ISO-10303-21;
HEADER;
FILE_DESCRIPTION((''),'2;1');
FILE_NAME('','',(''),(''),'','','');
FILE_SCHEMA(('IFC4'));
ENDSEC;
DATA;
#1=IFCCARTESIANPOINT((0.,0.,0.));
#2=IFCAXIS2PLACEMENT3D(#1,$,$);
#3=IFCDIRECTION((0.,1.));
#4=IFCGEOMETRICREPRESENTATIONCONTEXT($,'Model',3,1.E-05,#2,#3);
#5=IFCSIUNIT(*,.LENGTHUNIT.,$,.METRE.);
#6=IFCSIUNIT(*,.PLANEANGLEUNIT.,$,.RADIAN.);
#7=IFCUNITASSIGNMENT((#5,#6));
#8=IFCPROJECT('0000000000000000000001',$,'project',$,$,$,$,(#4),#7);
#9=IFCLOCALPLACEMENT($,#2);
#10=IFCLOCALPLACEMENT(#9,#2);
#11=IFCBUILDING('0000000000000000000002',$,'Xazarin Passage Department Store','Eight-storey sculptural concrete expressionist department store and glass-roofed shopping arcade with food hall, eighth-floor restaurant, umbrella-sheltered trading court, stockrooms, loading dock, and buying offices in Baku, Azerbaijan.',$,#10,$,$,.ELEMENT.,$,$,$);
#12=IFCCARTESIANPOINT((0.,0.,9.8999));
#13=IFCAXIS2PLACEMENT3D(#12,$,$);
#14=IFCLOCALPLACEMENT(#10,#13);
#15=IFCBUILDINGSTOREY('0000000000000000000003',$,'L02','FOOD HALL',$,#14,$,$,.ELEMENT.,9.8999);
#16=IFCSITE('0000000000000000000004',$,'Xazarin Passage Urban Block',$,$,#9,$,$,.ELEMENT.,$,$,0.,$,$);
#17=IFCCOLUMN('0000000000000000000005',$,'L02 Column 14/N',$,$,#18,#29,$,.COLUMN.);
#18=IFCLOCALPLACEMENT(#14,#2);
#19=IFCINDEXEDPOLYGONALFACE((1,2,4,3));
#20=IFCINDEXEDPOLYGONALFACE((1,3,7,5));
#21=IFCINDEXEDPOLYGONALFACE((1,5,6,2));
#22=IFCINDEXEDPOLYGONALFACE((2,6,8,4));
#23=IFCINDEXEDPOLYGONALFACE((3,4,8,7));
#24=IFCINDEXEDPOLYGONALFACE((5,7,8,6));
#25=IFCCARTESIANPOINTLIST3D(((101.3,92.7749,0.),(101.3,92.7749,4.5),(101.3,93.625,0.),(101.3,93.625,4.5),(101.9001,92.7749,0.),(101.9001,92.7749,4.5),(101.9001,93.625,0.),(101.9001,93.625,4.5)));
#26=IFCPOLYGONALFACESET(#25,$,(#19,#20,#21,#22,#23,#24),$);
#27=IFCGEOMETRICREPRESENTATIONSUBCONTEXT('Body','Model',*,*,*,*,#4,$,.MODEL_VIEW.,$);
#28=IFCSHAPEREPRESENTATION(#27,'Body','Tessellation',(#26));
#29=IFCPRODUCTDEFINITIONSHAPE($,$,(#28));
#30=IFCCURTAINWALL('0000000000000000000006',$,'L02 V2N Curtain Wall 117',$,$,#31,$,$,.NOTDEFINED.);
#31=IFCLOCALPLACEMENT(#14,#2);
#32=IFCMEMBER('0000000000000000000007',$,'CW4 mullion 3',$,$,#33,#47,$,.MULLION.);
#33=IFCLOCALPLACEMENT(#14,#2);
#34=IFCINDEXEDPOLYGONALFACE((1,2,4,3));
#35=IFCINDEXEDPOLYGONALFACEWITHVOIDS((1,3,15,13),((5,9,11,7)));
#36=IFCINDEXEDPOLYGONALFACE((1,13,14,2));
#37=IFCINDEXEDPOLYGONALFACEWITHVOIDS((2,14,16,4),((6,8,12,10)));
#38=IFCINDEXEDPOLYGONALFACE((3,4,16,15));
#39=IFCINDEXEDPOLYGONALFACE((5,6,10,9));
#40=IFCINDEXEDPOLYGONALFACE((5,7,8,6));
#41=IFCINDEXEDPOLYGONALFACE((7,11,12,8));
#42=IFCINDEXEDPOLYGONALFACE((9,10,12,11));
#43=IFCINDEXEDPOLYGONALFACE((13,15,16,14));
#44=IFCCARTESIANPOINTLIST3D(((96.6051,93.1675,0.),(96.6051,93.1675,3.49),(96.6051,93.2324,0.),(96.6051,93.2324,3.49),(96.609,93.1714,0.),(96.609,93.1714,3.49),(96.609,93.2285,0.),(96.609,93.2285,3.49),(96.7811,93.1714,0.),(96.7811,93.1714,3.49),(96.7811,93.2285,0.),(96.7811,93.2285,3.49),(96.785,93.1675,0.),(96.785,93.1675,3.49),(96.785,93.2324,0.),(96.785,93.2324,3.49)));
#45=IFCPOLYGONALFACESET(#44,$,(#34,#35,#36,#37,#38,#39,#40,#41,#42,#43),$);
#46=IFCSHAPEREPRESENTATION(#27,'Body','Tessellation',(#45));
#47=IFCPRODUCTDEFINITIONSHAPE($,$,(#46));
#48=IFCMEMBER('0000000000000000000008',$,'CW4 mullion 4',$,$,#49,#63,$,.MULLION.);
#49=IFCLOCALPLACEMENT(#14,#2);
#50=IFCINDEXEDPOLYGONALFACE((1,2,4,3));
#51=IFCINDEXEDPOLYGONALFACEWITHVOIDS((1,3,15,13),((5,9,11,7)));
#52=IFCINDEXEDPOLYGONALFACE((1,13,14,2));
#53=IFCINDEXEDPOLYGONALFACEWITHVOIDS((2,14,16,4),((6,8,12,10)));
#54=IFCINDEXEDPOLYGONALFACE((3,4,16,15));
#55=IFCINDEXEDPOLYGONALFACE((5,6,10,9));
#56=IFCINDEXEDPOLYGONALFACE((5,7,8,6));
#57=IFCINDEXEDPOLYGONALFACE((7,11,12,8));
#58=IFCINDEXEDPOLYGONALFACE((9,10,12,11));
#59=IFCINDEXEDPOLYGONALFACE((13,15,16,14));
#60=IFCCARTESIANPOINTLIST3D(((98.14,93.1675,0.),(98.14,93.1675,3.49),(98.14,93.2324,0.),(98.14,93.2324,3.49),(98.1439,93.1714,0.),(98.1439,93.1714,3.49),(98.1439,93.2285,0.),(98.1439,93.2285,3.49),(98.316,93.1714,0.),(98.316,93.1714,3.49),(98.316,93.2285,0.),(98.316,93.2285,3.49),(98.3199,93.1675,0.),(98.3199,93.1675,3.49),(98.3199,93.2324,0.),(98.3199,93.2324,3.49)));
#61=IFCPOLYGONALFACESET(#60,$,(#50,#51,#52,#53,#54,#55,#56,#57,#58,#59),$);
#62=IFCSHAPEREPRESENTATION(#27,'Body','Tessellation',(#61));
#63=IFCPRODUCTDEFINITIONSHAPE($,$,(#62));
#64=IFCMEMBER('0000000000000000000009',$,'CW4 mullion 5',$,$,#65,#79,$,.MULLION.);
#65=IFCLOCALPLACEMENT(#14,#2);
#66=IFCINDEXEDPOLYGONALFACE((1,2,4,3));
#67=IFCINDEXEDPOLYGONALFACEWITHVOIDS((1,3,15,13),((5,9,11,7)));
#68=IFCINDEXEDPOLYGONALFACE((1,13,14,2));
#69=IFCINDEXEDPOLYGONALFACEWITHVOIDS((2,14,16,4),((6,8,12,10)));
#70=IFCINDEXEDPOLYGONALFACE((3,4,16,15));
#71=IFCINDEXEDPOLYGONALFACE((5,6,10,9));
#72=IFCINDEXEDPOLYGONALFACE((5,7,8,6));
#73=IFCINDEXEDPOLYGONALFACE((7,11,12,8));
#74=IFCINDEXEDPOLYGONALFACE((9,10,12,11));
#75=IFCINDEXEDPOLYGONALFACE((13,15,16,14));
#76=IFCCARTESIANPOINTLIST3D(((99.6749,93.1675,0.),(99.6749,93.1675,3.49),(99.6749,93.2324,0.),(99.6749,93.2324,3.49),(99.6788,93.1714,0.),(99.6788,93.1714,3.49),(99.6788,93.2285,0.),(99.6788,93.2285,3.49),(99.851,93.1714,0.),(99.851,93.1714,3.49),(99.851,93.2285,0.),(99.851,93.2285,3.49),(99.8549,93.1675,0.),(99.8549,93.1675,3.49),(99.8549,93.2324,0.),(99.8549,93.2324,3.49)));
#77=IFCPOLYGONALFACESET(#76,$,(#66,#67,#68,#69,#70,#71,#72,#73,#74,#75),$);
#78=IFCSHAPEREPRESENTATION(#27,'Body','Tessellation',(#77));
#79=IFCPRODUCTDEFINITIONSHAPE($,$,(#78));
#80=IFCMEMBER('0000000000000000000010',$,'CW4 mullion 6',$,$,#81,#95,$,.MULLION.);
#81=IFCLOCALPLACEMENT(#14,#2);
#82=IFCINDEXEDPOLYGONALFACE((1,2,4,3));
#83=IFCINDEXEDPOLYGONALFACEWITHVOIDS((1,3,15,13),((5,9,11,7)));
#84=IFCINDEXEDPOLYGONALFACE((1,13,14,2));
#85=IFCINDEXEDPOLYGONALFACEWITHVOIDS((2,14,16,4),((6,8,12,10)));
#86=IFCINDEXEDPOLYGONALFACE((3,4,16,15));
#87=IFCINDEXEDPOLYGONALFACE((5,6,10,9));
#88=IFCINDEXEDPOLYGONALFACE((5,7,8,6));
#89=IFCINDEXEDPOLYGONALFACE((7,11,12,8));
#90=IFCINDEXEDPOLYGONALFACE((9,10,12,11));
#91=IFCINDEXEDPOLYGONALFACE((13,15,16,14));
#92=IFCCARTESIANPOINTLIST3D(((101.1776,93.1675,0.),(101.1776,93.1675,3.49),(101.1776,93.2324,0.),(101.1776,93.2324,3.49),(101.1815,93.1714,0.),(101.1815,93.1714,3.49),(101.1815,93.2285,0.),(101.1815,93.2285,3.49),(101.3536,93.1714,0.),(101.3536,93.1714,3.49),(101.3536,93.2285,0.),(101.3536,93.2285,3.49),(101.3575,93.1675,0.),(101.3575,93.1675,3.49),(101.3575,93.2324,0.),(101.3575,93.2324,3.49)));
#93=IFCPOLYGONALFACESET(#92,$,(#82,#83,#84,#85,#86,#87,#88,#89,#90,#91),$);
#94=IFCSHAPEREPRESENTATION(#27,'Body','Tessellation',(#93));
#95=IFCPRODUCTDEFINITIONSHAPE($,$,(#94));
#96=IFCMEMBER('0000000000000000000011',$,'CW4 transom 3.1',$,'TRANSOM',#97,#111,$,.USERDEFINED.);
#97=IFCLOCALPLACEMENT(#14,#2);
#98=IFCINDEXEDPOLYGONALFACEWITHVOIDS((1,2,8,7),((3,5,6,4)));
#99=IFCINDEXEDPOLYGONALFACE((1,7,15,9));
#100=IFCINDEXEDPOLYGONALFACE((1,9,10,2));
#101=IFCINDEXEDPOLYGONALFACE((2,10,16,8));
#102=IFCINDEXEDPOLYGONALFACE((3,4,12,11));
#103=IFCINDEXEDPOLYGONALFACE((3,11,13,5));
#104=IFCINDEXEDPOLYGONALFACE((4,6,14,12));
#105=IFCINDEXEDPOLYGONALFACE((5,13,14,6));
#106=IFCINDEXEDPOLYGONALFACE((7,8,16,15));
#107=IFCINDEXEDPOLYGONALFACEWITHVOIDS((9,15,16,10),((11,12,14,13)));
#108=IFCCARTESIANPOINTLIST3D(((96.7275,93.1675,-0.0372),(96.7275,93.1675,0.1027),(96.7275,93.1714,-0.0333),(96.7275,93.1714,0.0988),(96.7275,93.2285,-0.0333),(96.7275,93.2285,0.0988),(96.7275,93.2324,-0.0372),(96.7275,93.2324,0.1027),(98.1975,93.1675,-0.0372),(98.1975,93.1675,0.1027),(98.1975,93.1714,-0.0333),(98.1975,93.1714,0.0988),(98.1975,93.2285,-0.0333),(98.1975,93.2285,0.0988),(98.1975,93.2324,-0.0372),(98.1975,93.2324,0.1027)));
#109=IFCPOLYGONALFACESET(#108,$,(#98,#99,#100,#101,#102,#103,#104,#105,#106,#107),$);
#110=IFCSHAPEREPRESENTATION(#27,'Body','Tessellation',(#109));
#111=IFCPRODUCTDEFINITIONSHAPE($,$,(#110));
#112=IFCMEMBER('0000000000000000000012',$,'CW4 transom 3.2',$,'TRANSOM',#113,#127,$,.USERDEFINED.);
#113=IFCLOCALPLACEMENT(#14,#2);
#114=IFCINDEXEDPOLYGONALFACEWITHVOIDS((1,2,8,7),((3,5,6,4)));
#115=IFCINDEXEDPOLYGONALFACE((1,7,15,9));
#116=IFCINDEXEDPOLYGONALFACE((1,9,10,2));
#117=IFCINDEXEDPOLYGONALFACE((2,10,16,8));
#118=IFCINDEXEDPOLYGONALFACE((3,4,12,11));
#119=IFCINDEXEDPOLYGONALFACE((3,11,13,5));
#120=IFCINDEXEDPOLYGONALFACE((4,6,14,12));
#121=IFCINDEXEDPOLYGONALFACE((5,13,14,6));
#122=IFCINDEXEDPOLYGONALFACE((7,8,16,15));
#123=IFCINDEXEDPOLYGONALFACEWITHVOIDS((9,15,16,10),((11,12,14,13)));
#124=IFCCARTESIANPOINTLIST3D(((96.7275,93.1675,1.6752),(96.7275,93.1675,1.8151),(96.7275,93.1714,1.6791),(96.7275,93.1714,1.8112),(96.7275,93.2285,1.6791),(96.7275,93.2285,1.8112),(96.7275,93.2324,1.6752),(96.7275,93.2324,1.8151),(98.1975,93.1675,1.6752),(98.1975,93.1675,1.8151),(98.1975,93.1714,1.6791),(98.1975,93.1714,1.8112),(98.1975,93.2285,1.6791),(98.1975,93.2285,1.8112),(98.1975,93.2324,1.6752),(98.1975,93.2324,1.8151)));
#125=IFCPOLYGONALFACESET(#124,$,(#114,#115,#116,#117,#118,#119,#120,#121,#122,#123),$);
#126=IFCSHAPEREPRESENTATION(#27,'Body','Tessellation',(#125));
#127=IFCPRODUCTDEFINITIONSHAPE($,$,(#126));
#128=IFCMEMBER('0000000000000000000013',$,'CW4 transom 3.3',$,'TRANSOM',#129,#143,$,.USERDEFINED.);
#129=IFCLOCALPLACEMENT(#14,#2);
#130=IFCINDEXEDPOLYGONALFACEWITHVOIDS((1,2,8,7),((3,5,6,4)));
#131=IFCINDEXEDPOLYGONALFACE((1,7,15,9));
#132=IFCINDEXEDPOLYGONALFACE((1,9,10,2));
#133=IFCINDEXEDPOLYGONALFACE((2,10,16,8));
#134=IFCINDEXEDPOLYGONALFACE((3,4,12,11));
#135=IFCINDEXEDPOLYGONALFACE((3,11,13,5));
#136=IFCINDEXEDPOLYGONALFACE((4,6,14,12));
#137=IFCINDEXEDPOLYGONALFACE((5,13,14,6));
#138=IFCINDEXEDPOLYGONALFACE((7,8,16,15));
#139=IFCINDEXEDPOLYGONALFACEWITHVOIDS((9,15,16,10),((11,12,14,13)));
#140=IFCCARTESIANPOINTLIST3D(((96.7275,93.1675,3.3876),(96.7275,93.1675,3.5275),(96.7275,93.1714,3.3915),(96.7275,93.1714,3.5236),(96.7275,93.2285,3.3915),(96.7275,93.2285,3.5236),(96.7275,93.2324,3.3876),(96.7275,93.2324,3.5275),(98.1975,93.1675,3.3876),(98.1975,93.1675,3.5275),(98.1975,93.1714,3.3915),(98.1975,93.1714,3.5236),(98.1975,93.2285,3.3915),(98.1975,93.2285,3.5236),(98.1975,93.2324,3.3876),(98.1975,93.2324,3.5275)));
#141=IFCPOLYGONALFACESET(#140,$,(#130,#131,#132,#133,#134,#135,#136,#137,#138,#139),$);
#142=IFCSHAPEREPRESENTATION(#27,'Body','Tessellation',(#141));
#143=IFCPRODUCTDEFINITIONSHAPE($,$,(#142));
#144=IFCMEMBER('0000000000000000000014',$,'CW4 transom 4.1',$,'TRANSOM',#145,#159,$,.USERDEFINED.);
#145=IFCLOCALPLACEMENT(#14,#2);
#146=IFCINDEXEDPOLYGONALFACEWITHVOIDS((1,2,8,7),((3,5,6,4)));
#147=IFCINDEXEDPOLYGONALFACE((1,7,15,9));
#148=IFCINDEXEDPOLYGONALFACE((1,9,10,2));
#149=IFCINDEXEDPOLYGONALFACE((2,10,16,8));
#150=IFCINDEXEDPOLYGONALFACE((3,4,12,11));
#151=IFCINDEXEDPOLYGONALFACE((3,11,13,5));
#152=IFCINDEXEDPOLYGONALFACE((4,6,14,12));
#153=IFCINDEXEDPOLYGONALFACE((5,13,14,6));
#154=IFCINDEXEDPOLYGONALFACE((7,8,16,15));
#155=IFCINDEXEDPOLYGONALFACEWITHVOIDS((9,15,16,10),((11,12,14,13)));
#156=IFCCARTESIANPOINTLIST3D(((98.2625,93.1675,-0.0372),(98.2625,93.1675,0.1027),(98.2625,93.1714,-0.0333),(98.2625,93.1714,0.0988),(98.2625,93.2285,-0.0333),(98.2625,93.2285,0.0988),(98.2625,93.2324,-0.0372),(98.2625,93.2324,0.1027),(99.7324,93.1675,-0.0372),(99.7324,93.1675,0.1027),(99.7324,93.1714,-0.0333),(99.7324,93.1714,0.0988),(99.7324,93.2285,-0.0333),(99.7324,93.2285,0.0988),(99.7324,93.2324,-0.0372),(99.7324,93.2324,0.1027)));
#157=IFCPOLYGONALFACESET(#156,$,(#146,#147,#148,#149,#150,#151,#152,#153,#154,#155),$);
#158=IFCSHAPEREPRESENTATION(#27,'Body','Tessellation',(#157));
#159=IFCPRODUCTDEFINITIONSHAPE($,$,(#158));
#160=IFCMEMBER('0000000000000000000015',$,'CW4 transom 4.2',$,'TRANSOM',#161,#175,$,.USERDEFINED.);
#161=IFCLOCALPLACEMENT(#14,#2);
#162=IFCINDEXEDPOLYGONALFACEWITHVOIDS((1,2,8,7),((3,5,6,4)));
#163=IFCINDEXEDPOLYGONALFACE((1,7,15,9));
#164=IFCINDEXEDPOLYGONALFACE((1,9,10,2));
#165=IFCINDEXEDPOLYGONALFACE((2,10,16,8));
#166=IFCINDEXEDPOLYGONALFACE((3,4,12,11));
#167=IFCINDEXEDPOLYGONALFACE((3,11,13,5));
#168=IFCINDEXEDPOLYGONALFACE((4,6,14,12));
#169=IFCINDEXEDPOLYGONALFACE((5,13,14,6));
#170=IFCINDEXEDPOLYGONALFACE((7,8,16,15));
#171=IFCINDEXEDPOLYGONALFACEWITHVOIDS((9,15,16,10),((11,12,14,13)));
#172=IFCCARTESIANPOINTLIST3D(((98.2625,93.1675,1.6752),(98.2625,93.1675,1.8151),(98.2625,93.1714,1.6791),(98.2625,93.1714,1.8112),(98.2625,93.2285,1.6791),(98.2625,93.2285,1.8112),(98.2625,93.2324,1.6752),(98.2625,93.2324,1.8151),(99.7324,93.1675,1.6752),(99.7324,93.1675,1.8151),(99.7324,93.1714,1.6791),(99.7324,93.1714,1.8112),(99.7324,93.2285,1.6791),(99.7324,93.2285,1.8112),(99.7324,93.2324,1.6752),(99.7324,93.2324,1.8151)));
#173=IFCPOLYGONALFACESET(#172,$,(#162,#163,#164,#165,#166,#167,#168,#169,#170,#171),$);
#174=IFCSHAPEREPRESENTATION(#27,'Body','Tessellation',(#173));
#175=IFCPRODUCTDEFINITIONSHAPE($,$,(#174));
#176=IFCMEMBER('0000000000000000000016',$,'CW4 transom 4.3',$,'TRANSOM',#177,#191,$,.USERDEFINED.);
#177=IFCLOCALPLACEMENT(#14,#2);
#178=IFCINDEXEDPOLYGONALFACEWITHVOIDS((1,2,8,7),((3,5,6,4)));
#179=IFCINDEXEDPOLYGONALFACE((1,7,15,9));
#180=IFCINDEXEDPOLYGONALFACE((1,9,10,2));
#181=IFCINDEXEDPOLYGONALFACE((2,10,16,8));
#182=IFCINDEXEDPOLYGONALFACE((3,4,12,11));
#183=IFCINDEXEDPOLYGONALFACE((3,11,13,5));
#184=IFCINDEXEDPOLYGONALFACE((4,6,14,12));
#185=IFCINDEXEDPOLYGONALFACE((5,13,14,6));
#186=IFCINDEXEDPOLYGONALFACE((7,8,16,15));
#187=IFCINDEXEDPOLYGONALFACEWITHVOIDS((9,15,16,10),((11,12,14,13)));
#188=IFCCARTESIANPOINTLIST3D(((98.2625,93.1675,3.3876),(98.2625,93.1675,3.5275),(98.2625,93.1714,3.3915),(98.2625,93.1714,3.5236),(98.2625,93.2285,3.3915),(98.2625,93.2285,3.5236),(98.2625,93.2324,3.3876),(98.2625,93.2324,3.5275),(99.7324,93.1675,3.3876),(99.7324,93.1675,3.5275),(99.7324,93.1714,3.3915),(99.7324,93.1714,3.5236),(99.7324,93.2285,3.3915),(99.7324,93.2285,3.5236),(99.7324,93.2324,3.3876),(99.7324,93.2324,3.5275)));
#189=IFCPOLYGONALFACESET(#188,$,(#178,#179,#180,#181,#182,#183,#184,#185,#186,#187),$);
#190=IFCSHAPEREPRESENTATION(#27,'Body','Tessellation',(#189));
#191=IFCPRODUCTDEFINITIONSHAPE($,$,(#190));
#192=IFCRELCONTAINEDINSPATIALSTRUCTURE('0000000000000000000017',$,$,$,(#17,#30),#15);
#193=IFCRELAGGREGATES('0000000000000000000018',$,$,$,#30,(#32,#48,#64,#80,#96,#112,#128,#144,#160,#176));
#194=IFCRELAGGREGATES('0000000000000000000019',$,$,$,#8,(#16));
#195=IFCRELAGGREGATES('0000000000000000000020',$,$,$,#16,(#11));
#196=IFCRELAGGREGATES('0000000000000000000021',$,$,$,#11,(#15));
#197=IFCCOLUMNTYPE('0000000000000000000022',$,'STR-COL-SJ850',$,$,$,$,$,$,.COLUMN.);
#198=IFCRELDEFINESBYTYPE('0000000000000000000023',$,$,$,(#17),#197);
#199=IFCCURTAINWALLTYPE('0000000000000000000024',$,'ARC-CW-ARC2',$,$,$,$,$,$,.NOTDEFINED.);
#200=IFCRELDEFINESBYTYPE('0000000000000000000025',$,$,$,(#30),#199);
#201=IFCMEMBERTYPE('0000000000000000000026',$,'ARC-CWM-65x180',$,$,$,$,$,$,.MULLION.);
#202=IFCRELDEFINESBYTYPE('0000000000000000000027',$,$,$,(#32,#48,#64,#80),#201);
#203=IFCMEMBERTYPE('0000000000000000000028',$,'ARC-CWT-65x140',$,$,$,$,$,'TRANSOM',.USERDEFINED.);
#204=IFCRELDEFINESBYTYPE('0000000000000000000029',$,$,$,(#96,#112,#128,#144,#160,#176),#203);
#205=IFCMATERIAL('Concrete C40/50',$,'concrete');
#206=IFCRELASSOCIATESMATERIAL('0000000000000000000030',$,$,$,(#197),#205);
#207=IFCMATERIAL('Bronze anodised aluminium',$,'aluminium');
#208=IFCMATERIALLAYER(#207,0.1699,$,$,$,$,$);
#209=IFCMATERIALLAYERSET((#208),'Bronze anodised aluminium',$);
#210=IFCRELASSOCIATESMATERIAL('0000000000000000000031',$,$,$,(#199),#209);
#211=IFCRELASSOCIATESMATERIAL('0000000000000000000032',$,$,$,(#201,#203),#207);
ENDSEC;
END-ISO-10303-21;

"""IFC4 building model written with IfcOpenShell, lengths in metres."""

from ifc_helpers import new_model, si_unit, direction, frame, origin, origin_2d, place, context, subcontext, project, spatial, rectangle, hollow_rectangle, extrude, material, layer, layer_set, material_profile, profile_set, type_object, element, aggregate, save


model = new_model("IFC4")

# Units and contexts
model_context = context("Model", 3, precision=1e-05, world=origin(), true_north=direction((0.0, 1.0)))
body_context = subcontext(model_context, "Body", "Model", "MODEL_VIEW")
ifc_project = project(units=[si_unit("LENGTHUNIT", "METRE"), si_unit("PLANEANGLEUNIT", "RADIAN")], contexts=[model_context])

# Site, building, storey
site_placement = place(None, origin())
site = spatial("IfcSite", under=ifc_project, at=site_placement, Name="Xazarin Passage Urban Block", CompositionType="ELEMENT", RefElevation=0.0)
building_placement = place(site_placement, origin())
building = spatial("IfcBuilding", under=site, at=building_placement, Name="Xazarin Passage Department Store", Description="Eight-storey sculptural concrete expressionist department store and glass-roofed shopping arcade with food hall, eighth-floor restaurant, umbrella-sheltered trading court, stockrooms, loading dock, and buying offices in Baku, Azerbaijan.", CompositionType="ELEMENT")
storey_placement = place(building_placement, frame((0.0, 0.0, 9.8999)))
storey = spatial("IfcBuildingStorey", under=building, at=storey_placement, Name="L02", Description="FOOD HALL", CompositionType="ELEMENT", Elevation=9.8999)

# Column
ifc_material_1 = material(Name="Concrete C40/50", Category="concrete")
ifc_material_profile_1 = material_profile(ifc_material_1, rectangle(XDim=0.6001, YDim=0.8501, at=origin_2d()), Name="RC 600x850")
ifc_profile_set_1 = profile_set([ifc_material_profile_1], Name="Concrete C40/50")
column_type = type_object("IfcColumnType", Name="STR-COL-SJ850", PredefinedType="COLUMN", material=ifc_profile_set_1)
column_placement = place(storey_placement, frame((101.6001, 93.2, 0.0), z_axis=(0.0, 0.0, 1.0), x_axis=(1.0, 0.0, 0.0)))
element("IfcColumn", 1, at=column_placement, inside=storey, type_object=column_type, Name="L02 Column 14/N", PredefinedType="COLUMN", context=body_context, shape_type="SweptSolid", body=[
    extrude(rectangle(XDim=0.6001, YDim=0.8501, at=origin_2d()), origin(), (0.0, 0.0, 1.0), 4.5),
])

# Curtain wall, members
ifc_material_2 = material(Name="Bronze anodised aluminium", Category="aluminium")
ifc_layer_1 = layer(ifc_material_2, 0.1699)
ifc_layer_set_1 = layer_set([ifc_layer_1], Name="Bronze anodised aluminium")
curtain_wall_type = type_object("IfcCurtainWallType", Name="ARC-CW-ARC2", PredefinedType="NOTDEFINED", material=ifc_layer_set_1)
curtain_wall_placement = place(storey_placement, origin())
curtain_wall = element("IfcCurtainWall", 2, at=curtain_wall_placement, inside=storey, type_object=curtain_wall_type, Name="L02 V2N Curtain Wall 117", PredefinedType="NOTDEFINED")
ifc_material_profile_2 = material_profile(ifc_material_2, hollow_rectangle(XDim=0.0649, YDim=0.1799, WallThickness=0.0039, at=origin_2d()), Name="ALU 65x180")
ifc_profile_set_2 = profile_set([ifc_material_profile_2], Name="Bronze anodised aluminium")
member_type_1 = type_object("IfcMemberType", Name="ARC-CWM-65x180", PredefinedType="MULLION", material=ifc_profile_set_2)
member_1_placement = place(storey_placement, frame((96.6951, 93.2, 0.0), z_axis=(0.0, 0.0, 1.0), x_axis=(0.0, 1.0, 0.0)))
member_1 = element("IfcMember", 3, at=member_1_placement, type_object=member_type_1, Name="CW4 mullion 3", PredefinedType="MULLION", context=body_context, shape_type="SweptSolid", body=[
    extrude(hollow_rectangle(XDim=0.0649, YDim=0.1799, WallThickness=0.0039, at=origin_2d()), origin(), (0.0, 0.0, 1.0), 3.49),
])
member_2_placement = place(storey_placement, frame((98.23, 93.2, 0.0), z_axis=(0.0, 0.0, 1.0), x_axis=(0.0, 1.0, 0.0)))
member_2 = element("IfcMember", 4, at=member_2_placement, type_object=member_type_1, Name="CW4 mullion 4", PredefinedType="MULLION", context=body_context, shape_type="SweptSolid", body=[
    extrude(hollow_rectangle(XDim=0.0649, YDim=0.1799, WallThickness=0.0039, at=origin_2d()), origin(), (0.0, 0.0, 1.0), 3.49),
])
member_3_placement = place(storey_placement, frame((99.7649, 93.2, 0.0), z_axis=(0.0, 0.0, 1.0), x_axis=(0.0, 1.0, 0.0)))
member_3 = element("IfcMember", 5, at=member_3_placement, type_object=member_type_1, Name="CW4 mullion 5", PredefinedType="MULLION", context=body_context, shape_type="SweptSolid", body=[
    extrude(hollow_rectangle(XDim=0.0649, YDim=0.1799, WallThickness=0.0039, at=origin_2d()), origin(), (0.0, 0.0, 1.0), 3.49),
])
member_4_placement = place(storey_placement, frame((101.2676, 93.2, 0.0), z_axis=(0.0, 0.0, 1.0), x_axis=(0.0, 1.0, 0.0)))
member_4 = element("IfcMember", 6, at=member_4_placement, type_object=member_type_1, Name="CW4 mullion 6", PredefinedType="MULLION", context=body_context, shape_type="SweptSolid", body=[
    extrude(hollow_rectangle(XDim=0.0649, YDim=0.1799, WallThickness=0.0039, at=origin_2d()), origin(), (0.0, 0.0, 1.0), 3.49),
])
ifc_material_profile_3 = material_profile(ifc_material_2, hollow_rectangle(XDim=0.0649, YDim=0.1399, WallThickness=0.0039, at=origin_2d()), Name="ALU 65x140")
ifc_profile_set_3 = profile_set([ifc_material_profile_3], Name="Bronze anodised aluminium")
member_type_2 = type_object("IfcMemberType", Name="ARC-CWT-65x140", ElementType="TRANSOM", PredefinedType="USERDEFINED", material=ifc_profile_set_3)
member_5_placement = place(storey_placement, frame((96.7275, 93.2, 0.0327), z_axis=(1.0, 0.0, 0.0), x_axis=(0.0, 1.0, 0.0)))
member_5 = element("IfcMember", 7, at=member_5_placement, type_object=member_type_2, Name="CW4 transom 3.1", ObjectType="TRANSOM", PredefinedType="USERDEFINED", context=body_context, shape_type="SweptSolid", body=[
    extrude(hollow_rectangle(XDim=0.0649, YDim=0.1399, WallThickness=0.0039, at=origin_2d()), origin(), (0.0, 0.0, 1.0), 1.47),
])
member_6_placement = place(storey_placement, frame((96.7275, 93.2, 1.7451), z_axis=(1.0, 0.0, 0.0), x_axis=(0.0, 1.0, 0.0)))
member_6 = element("IfcMember", 8, at=member_6_placement, type_object=member_type_2, Name="CW4 transom 3.2", ObjectType="TRANSOM", PredefinedType="USERDEFINED", context=body_context, shape_type="SweptSolid", body=[
    extrude(hollow_rectangle(XDim=0.0649, YDim=0.1399, WallThickness=0.0039, at=origin_2d()), origin(), (0.0, 0.0, 1.0), 1.47),
])
member_7_placement = place(storey_placement, frame((96.7275, 93.2, 3.4575), z_axis=(1.0, 0.0, 0.0), x_axis=(0.0, 1.0, 0.0)))
member_7 = element("IfcMember", 9, at=member_7_placement, type_object=member_type_2, Name="CW4 transom 3.3", ObjectType="TRANSOM", PredefinedType="USERDEFINED", context=body_context, shape_type="SweptSolid", body=[
    extrude(hollow_rectangle(XDim=0.0649, YDim=0.1399, WallThickness=0.0039, at=origin_2d()), origin(), (0.0, 0.0, 1.0), 1.47),
])
member_8_placement = place(storey_placement, frame((98.2625, 93.2, 0.0327), z_axis=(1.0, 0.0, 0.0), x_axis=(0.0, 1.0, 0.0)))
member_8 = element("IfcMember", 10, at=member_8_placement, type_object=member_type_2, Name="CW4 transom 4.1", ObjectType="TRANSOM", PredefinedType="USERDEFINED", context=body_context, shape_type="SweptSolid", body=[
    extrude(hollow_rectangle(XDim=0.0649, YDim=0.1399, WallThickness=0.0039, at=origin_2d()), origin(), (0.0, 0.0, 1.0), 1.47),
])
member_9_placement = place(storey_placement, frame((98.2625, 93.2, 1.7451), z_axis=(1.0, 0.0, 0.0), x_axis=(0.0, 1.0, 0.0)))
member_9 = element("IfcMember", 11, at=member_9_placement, type_object=member_type_2, Name="CW4 transom 4.2", ObjectType="TRANSOM", PredefinedType="USERDEFINED", context=body_context, shape_type="SweptSolid", body=[
    extrude(hollow_rectangle(XDim=0.0649, YDim=0.1399, WallThickness=0.0039, at=origin_2d()), origin(), (0.0, 0.0, 1.0), 1.47),
])
member_10_placement = place(storey_placement, frame((98.2625, 93.2, 3.4575), z_axis=(1.0, 0.0, 0.0), x_axis=(0.0, 1.0, 0.0)))
member_10 = element("IfcMember", 12, at=member_10_placement, type_object=member_type_2, Name="CW4 transom 4.3", ObjectType="TRANSOM", PredefinedType="USERDEFINED", context=body_context, shape_type="SweptSolid", body=[
    extrude(hollow_rectangle(XDim=0.0649, YDim=0.1399, WallThickness=0.0039, at=origin_2d()), origin(), (0.0, 0.0, 1.0), 1.47),
])

aggregate(curtain_wall, [member_1, member_2, member_3, member_4, member_5, member_6, member_7, member_8, member_9, member_10])

save(model, "model.ifc")
